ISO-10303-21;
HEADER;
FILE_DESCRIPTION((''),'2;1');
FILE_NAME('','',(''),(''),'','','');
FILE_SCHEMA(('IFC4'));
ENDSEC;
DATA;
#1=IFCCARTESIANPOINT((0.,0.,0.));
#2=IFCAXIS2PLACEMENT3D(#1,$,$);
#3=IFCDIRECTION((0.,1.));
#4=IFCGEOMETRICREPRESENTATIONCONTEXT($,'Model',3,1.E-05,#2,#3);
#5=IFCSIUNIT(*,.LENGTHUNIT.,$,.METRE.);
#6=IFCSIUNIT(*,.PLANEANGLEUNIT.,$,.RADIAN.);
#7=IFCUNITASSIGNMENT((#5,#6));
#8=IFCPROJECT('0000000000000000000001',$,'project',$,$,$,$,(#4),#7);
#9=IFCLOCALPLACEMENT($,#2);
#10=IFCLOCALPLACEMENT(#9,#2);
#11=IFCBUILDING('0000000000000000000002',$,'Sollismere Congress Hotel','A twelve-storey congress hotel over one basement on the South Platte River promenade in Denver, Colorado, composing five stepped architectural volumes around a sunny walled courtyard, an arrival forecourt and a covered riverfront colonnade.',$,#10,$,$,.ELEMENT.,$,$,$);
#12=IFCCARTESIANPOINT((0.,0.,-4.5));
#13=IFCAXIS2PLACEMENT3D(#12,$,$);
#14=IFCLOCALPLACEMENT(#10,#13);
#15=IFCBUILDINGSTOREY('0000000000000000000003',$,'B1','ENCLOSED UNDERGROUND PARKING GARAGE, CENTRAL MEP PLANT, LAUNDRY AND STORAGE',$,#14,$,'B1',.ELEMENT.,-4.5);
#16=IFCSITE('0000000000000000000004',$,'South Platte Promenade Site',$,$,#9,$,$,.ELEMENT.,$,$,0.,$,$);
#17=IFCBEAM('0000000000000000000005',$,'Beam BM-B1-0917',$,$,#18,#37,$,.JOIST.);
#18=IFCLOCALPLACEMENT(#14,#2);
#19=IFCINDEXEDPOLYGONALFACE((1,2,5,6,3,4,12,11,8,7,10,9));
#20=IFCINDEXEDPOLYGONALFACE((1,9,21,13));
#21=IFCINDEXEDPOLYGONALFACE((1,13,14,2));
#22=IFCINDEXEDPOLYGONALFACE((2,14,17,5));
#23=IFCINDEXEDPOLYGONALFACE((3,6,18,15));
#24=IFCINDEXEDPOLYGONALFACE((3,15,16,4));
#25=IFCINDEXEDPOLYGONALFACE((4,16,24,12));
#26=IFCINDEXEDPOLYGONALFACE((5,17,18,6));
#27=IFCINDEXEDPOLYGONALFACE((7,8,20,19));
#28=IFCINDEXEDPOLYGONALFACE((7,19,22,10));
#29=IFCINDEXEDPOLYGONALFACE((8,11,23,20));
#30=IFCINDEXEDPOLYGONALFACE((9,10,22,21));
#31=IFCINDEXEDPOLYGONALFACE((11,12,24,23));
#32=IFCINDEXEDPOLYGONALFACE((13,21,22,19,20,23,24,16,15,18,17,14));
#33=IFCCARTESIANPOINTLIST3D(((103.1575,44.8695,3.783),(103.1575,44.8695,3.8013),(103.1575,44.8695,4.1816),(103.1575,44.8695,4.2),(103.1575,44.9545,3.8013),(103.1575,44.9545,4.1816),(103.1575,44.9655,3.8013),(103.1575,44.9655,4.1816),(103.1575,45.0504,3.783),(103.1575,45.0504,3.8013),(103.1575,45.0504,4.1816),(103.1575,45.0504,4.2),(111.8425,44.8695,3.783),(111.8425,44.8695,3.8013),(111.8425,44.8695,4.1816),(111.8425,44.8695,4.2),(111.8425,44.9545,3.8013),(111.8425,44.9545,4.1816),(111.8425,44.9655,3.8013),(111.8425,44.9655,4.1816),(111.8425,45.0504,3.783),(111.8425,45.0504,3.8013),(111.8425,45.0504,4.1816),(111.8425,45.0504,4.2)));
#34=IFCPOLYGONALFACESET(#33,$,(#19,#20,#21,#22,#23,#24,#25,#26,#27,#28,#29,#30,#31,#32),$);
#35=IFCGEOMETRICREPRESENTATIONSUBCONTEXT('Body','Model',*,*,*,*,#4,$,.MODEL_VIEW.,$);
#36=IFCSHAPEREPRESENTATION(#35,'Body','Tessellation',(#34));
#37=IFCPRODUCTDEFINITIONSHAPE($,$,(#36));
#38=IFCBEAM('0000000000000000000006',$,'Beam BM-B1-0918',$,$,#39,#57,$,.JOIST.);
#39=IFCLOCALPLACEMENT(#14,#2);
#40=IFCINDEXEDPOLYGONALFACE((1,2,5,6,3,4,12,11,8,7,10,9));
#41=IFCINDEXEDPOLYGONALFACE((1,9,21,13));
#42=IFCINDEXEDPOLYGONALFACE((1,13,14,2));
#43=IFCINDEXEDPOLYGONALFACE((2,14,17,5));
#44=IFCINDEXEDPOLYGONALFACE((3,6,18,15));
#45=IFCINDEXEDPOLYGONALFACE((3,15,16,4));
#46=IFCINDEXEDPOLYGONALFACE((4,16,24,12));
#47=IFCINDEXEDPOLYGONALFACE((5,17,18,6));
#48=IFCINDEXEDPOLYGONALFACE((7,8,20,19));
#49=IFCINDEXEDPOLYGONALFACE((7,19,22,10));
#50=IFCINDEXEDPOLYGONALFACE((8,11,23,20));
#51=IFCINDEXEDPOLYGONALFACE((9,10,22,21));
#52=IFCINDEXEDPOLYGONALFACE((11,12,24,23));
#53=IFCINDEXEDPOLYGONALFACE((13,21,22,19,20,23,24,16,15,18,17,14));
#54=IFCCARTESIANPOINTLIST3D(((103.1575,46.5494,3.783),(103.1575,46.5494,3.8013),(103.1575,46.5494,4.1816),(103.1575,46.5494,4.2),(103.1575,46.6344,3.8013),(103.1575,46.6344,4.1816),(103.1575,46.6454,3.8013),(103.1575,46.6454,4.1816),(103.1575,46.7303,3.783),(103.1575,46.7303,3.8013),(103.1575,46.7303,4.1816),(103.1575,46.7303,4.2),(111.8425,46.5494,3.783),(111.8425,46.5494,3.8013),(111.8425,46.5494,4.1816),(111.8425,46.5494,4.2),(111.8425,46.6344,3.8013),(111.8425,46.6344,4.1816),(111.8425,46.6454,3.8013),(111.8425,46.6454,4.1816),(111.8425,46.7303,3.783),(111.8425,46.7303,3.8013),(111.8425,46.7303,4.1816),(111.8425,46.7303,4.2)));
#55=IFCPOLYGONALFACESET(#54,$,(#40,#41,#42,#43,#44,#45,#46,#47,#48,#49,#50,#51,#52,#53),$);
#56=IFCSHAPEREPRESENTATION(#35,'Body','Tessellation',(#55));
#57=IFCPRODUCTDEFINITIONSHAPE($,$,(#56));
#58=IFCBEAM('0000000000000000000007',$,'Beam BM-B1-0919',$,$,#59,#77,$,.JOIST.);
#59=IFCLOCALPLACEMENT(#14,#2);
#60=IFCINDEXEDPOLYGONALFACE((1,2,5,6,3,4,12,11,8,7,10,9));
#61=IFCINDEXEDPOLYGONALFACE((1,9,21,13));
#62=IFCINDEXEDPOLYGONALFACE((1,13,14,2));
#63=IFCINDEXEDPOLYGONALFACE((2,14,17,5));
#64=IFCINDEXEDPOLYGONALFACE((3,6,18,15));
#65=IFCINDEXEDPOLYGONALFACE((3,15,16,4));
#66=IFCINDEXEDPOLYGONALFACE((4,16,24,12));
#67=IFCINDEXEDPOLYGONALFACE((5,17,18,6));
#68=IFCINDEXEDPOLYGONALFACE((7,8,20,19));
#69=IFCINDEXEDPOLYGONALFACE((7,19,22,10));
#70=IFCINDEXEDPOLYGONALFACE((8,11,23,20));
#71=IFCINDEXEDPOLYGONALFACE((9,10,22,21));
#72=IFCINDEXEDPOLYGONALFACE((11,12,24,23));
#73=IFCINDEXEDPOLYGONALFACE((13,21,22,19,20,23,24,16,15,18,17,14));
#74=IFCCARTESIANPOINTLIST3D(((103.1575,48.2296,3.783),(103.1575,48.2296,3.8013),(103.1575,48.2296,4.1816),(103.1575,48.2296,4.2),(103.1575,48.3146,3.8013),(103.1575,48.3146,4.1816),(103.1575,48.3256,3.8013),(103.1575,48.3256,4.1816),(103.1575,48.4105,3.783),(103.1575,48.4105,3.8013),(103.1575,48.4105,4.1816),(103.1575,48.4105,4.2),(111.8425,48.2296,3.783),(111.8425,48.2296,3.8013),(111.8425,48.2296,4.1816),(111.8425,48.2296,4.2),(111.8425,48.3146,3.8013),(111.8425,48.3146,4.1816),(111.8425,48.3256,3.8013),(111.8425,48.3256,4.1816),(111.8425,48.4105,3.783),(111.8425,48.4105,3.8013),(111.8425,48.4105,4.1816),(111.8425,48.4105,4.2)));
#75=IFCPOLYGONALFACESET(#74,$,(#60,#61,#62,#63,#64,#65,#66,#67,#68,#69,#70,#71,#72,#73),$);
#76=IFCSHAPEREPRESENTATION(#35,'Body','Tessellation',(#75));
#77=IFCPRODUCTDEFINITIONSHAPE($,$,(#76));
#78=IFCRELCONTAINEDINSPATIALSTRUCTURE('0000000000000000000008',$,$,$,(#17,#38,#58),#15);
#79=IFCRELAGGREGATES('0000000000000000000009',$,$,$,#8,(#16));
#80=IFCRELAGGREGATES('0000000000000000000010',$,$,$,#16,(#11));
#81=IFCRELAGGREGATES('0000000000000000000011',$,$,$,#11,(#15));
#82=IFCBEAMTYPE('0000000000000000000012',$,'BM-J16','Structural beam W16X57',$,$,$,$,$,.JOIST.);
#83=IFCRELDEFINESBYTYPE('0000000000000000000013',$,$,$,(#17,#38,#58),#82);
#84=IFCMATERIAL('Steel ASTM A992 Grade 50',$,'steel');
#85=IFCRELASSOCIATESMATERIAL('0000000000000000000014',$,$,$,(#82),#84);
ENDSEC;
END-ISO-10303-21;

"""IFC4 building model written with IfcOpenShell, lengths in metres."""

from ifc_helpers import new_model, si_unit, direction, frame, origin, origin_2d, place, context, subcontext, project, spatial, i_section, extrude, material, material_profile, profile_set, type_object, element, save


model = new_model("IFC4")

# Units and contexts
model_context = context("Model", 3, precision=1e-05, world=origin(), true_north=direction((0.0, 1.0)))
body_context = subcontext(model_context, "Body", "Model", "MODEL_VIEW")
ifc_project = project(units=[si_unit("LENGTHUNIT", "METRE"), si_unit("PLANEANGLEUNIT", "RADIAN")], contexts=[model_context])

# Site, building, storey
site_placement = place(None, origin())
site = spatial("IfcSite", under=ifc_project, at=site_placement, Name="South Platte Promenade Site", CompositionType="ELEMENT", RefElevation=0.0)
building_placement = place(site_placement, origin())
building = spatial("IfcBuilding", under=site, at=building_placement, Name="Sollismere Congress Hotel", Description="A twelve-storey congress hotel over one basement on the South Platte River promenade in Denver, Colorado, composing five stepped architectural volumes around a sunny walled courtyard, an arrival forecourt and a covered riverfront colonnade.", CompositionType="ELEMENT")
storey_placement = place(building_placement, frame((0.0, 0.0, -4.5)))
storey = spatial("IfcBuildingStorey", under=building, at=storey_placement, Name="B1", Description="ENCLOSED UNDERGROUND PARKING GARAGE, CENTRAL MEP PLANT, LAUNDRY AND STORAGE", LongName="B1", CompositionType="ELEMENT", Elevation=-4.5)

# Beams
ifc_material_1 = material(Name="Steel ASTM A992 Grade 50", Category="steel")
ifc_material_profile_1 = material_profile(ifc_material_1, i_section(OverallWidth=0.1809, OverallDepth=0.417, WebThickness=0.011, FlangeThickness=0.0183, at=origin_2d()), Name="W16X57")
ifc_profile_set_1 = profile_set([ifc_material_profile_1], Name="Steel ASTM A992 Grade 50")
beam_type_1 = type_object("IfcBeamType", Name="BM-J16", Description="Structural beam W16X57", PredefinedType="JOIST", material=ifc_profile_set_1)
for number, where, z_axis, x_axis, name in (
    (1, (103.1575, 44.96, 3.9915), (1.0, 0.0, 0.0), (0.0, 1.0, 0.0), "Beam BM-B1-0917"),
    (2, (103.1575, 46.6399, 3.9915), (1.0, 0.0, 0.0), (0.0, 1.0, 0.0), "Beam BM-B1-0918"),
    (3, (103.1575, 48.3201, 3.9915), (1.0, 0.0, 0.0), (0.0, 1.0, 0.0), "Beam BM-B1-0919"),
):
    element("IfcBeam", number, at=place(storey_placement, frame(where, z_axis=z_axis, x_axis=x_axis)), inside=storey, type_object=beam_type_1, Name=name, PredefinedType="JOIST", context=body_context, shape_type="SweptSolid", body=[
        extrude(i_section(OverallWidth=0.1809, OverallDepth=0.417, WebThickness=0.011, FlangeThickness=0.0183, at=origin_2d()), origin(), (0.0, 0.0, 1.0), 8.6851),
    ])

save(model, "model.ifc")
